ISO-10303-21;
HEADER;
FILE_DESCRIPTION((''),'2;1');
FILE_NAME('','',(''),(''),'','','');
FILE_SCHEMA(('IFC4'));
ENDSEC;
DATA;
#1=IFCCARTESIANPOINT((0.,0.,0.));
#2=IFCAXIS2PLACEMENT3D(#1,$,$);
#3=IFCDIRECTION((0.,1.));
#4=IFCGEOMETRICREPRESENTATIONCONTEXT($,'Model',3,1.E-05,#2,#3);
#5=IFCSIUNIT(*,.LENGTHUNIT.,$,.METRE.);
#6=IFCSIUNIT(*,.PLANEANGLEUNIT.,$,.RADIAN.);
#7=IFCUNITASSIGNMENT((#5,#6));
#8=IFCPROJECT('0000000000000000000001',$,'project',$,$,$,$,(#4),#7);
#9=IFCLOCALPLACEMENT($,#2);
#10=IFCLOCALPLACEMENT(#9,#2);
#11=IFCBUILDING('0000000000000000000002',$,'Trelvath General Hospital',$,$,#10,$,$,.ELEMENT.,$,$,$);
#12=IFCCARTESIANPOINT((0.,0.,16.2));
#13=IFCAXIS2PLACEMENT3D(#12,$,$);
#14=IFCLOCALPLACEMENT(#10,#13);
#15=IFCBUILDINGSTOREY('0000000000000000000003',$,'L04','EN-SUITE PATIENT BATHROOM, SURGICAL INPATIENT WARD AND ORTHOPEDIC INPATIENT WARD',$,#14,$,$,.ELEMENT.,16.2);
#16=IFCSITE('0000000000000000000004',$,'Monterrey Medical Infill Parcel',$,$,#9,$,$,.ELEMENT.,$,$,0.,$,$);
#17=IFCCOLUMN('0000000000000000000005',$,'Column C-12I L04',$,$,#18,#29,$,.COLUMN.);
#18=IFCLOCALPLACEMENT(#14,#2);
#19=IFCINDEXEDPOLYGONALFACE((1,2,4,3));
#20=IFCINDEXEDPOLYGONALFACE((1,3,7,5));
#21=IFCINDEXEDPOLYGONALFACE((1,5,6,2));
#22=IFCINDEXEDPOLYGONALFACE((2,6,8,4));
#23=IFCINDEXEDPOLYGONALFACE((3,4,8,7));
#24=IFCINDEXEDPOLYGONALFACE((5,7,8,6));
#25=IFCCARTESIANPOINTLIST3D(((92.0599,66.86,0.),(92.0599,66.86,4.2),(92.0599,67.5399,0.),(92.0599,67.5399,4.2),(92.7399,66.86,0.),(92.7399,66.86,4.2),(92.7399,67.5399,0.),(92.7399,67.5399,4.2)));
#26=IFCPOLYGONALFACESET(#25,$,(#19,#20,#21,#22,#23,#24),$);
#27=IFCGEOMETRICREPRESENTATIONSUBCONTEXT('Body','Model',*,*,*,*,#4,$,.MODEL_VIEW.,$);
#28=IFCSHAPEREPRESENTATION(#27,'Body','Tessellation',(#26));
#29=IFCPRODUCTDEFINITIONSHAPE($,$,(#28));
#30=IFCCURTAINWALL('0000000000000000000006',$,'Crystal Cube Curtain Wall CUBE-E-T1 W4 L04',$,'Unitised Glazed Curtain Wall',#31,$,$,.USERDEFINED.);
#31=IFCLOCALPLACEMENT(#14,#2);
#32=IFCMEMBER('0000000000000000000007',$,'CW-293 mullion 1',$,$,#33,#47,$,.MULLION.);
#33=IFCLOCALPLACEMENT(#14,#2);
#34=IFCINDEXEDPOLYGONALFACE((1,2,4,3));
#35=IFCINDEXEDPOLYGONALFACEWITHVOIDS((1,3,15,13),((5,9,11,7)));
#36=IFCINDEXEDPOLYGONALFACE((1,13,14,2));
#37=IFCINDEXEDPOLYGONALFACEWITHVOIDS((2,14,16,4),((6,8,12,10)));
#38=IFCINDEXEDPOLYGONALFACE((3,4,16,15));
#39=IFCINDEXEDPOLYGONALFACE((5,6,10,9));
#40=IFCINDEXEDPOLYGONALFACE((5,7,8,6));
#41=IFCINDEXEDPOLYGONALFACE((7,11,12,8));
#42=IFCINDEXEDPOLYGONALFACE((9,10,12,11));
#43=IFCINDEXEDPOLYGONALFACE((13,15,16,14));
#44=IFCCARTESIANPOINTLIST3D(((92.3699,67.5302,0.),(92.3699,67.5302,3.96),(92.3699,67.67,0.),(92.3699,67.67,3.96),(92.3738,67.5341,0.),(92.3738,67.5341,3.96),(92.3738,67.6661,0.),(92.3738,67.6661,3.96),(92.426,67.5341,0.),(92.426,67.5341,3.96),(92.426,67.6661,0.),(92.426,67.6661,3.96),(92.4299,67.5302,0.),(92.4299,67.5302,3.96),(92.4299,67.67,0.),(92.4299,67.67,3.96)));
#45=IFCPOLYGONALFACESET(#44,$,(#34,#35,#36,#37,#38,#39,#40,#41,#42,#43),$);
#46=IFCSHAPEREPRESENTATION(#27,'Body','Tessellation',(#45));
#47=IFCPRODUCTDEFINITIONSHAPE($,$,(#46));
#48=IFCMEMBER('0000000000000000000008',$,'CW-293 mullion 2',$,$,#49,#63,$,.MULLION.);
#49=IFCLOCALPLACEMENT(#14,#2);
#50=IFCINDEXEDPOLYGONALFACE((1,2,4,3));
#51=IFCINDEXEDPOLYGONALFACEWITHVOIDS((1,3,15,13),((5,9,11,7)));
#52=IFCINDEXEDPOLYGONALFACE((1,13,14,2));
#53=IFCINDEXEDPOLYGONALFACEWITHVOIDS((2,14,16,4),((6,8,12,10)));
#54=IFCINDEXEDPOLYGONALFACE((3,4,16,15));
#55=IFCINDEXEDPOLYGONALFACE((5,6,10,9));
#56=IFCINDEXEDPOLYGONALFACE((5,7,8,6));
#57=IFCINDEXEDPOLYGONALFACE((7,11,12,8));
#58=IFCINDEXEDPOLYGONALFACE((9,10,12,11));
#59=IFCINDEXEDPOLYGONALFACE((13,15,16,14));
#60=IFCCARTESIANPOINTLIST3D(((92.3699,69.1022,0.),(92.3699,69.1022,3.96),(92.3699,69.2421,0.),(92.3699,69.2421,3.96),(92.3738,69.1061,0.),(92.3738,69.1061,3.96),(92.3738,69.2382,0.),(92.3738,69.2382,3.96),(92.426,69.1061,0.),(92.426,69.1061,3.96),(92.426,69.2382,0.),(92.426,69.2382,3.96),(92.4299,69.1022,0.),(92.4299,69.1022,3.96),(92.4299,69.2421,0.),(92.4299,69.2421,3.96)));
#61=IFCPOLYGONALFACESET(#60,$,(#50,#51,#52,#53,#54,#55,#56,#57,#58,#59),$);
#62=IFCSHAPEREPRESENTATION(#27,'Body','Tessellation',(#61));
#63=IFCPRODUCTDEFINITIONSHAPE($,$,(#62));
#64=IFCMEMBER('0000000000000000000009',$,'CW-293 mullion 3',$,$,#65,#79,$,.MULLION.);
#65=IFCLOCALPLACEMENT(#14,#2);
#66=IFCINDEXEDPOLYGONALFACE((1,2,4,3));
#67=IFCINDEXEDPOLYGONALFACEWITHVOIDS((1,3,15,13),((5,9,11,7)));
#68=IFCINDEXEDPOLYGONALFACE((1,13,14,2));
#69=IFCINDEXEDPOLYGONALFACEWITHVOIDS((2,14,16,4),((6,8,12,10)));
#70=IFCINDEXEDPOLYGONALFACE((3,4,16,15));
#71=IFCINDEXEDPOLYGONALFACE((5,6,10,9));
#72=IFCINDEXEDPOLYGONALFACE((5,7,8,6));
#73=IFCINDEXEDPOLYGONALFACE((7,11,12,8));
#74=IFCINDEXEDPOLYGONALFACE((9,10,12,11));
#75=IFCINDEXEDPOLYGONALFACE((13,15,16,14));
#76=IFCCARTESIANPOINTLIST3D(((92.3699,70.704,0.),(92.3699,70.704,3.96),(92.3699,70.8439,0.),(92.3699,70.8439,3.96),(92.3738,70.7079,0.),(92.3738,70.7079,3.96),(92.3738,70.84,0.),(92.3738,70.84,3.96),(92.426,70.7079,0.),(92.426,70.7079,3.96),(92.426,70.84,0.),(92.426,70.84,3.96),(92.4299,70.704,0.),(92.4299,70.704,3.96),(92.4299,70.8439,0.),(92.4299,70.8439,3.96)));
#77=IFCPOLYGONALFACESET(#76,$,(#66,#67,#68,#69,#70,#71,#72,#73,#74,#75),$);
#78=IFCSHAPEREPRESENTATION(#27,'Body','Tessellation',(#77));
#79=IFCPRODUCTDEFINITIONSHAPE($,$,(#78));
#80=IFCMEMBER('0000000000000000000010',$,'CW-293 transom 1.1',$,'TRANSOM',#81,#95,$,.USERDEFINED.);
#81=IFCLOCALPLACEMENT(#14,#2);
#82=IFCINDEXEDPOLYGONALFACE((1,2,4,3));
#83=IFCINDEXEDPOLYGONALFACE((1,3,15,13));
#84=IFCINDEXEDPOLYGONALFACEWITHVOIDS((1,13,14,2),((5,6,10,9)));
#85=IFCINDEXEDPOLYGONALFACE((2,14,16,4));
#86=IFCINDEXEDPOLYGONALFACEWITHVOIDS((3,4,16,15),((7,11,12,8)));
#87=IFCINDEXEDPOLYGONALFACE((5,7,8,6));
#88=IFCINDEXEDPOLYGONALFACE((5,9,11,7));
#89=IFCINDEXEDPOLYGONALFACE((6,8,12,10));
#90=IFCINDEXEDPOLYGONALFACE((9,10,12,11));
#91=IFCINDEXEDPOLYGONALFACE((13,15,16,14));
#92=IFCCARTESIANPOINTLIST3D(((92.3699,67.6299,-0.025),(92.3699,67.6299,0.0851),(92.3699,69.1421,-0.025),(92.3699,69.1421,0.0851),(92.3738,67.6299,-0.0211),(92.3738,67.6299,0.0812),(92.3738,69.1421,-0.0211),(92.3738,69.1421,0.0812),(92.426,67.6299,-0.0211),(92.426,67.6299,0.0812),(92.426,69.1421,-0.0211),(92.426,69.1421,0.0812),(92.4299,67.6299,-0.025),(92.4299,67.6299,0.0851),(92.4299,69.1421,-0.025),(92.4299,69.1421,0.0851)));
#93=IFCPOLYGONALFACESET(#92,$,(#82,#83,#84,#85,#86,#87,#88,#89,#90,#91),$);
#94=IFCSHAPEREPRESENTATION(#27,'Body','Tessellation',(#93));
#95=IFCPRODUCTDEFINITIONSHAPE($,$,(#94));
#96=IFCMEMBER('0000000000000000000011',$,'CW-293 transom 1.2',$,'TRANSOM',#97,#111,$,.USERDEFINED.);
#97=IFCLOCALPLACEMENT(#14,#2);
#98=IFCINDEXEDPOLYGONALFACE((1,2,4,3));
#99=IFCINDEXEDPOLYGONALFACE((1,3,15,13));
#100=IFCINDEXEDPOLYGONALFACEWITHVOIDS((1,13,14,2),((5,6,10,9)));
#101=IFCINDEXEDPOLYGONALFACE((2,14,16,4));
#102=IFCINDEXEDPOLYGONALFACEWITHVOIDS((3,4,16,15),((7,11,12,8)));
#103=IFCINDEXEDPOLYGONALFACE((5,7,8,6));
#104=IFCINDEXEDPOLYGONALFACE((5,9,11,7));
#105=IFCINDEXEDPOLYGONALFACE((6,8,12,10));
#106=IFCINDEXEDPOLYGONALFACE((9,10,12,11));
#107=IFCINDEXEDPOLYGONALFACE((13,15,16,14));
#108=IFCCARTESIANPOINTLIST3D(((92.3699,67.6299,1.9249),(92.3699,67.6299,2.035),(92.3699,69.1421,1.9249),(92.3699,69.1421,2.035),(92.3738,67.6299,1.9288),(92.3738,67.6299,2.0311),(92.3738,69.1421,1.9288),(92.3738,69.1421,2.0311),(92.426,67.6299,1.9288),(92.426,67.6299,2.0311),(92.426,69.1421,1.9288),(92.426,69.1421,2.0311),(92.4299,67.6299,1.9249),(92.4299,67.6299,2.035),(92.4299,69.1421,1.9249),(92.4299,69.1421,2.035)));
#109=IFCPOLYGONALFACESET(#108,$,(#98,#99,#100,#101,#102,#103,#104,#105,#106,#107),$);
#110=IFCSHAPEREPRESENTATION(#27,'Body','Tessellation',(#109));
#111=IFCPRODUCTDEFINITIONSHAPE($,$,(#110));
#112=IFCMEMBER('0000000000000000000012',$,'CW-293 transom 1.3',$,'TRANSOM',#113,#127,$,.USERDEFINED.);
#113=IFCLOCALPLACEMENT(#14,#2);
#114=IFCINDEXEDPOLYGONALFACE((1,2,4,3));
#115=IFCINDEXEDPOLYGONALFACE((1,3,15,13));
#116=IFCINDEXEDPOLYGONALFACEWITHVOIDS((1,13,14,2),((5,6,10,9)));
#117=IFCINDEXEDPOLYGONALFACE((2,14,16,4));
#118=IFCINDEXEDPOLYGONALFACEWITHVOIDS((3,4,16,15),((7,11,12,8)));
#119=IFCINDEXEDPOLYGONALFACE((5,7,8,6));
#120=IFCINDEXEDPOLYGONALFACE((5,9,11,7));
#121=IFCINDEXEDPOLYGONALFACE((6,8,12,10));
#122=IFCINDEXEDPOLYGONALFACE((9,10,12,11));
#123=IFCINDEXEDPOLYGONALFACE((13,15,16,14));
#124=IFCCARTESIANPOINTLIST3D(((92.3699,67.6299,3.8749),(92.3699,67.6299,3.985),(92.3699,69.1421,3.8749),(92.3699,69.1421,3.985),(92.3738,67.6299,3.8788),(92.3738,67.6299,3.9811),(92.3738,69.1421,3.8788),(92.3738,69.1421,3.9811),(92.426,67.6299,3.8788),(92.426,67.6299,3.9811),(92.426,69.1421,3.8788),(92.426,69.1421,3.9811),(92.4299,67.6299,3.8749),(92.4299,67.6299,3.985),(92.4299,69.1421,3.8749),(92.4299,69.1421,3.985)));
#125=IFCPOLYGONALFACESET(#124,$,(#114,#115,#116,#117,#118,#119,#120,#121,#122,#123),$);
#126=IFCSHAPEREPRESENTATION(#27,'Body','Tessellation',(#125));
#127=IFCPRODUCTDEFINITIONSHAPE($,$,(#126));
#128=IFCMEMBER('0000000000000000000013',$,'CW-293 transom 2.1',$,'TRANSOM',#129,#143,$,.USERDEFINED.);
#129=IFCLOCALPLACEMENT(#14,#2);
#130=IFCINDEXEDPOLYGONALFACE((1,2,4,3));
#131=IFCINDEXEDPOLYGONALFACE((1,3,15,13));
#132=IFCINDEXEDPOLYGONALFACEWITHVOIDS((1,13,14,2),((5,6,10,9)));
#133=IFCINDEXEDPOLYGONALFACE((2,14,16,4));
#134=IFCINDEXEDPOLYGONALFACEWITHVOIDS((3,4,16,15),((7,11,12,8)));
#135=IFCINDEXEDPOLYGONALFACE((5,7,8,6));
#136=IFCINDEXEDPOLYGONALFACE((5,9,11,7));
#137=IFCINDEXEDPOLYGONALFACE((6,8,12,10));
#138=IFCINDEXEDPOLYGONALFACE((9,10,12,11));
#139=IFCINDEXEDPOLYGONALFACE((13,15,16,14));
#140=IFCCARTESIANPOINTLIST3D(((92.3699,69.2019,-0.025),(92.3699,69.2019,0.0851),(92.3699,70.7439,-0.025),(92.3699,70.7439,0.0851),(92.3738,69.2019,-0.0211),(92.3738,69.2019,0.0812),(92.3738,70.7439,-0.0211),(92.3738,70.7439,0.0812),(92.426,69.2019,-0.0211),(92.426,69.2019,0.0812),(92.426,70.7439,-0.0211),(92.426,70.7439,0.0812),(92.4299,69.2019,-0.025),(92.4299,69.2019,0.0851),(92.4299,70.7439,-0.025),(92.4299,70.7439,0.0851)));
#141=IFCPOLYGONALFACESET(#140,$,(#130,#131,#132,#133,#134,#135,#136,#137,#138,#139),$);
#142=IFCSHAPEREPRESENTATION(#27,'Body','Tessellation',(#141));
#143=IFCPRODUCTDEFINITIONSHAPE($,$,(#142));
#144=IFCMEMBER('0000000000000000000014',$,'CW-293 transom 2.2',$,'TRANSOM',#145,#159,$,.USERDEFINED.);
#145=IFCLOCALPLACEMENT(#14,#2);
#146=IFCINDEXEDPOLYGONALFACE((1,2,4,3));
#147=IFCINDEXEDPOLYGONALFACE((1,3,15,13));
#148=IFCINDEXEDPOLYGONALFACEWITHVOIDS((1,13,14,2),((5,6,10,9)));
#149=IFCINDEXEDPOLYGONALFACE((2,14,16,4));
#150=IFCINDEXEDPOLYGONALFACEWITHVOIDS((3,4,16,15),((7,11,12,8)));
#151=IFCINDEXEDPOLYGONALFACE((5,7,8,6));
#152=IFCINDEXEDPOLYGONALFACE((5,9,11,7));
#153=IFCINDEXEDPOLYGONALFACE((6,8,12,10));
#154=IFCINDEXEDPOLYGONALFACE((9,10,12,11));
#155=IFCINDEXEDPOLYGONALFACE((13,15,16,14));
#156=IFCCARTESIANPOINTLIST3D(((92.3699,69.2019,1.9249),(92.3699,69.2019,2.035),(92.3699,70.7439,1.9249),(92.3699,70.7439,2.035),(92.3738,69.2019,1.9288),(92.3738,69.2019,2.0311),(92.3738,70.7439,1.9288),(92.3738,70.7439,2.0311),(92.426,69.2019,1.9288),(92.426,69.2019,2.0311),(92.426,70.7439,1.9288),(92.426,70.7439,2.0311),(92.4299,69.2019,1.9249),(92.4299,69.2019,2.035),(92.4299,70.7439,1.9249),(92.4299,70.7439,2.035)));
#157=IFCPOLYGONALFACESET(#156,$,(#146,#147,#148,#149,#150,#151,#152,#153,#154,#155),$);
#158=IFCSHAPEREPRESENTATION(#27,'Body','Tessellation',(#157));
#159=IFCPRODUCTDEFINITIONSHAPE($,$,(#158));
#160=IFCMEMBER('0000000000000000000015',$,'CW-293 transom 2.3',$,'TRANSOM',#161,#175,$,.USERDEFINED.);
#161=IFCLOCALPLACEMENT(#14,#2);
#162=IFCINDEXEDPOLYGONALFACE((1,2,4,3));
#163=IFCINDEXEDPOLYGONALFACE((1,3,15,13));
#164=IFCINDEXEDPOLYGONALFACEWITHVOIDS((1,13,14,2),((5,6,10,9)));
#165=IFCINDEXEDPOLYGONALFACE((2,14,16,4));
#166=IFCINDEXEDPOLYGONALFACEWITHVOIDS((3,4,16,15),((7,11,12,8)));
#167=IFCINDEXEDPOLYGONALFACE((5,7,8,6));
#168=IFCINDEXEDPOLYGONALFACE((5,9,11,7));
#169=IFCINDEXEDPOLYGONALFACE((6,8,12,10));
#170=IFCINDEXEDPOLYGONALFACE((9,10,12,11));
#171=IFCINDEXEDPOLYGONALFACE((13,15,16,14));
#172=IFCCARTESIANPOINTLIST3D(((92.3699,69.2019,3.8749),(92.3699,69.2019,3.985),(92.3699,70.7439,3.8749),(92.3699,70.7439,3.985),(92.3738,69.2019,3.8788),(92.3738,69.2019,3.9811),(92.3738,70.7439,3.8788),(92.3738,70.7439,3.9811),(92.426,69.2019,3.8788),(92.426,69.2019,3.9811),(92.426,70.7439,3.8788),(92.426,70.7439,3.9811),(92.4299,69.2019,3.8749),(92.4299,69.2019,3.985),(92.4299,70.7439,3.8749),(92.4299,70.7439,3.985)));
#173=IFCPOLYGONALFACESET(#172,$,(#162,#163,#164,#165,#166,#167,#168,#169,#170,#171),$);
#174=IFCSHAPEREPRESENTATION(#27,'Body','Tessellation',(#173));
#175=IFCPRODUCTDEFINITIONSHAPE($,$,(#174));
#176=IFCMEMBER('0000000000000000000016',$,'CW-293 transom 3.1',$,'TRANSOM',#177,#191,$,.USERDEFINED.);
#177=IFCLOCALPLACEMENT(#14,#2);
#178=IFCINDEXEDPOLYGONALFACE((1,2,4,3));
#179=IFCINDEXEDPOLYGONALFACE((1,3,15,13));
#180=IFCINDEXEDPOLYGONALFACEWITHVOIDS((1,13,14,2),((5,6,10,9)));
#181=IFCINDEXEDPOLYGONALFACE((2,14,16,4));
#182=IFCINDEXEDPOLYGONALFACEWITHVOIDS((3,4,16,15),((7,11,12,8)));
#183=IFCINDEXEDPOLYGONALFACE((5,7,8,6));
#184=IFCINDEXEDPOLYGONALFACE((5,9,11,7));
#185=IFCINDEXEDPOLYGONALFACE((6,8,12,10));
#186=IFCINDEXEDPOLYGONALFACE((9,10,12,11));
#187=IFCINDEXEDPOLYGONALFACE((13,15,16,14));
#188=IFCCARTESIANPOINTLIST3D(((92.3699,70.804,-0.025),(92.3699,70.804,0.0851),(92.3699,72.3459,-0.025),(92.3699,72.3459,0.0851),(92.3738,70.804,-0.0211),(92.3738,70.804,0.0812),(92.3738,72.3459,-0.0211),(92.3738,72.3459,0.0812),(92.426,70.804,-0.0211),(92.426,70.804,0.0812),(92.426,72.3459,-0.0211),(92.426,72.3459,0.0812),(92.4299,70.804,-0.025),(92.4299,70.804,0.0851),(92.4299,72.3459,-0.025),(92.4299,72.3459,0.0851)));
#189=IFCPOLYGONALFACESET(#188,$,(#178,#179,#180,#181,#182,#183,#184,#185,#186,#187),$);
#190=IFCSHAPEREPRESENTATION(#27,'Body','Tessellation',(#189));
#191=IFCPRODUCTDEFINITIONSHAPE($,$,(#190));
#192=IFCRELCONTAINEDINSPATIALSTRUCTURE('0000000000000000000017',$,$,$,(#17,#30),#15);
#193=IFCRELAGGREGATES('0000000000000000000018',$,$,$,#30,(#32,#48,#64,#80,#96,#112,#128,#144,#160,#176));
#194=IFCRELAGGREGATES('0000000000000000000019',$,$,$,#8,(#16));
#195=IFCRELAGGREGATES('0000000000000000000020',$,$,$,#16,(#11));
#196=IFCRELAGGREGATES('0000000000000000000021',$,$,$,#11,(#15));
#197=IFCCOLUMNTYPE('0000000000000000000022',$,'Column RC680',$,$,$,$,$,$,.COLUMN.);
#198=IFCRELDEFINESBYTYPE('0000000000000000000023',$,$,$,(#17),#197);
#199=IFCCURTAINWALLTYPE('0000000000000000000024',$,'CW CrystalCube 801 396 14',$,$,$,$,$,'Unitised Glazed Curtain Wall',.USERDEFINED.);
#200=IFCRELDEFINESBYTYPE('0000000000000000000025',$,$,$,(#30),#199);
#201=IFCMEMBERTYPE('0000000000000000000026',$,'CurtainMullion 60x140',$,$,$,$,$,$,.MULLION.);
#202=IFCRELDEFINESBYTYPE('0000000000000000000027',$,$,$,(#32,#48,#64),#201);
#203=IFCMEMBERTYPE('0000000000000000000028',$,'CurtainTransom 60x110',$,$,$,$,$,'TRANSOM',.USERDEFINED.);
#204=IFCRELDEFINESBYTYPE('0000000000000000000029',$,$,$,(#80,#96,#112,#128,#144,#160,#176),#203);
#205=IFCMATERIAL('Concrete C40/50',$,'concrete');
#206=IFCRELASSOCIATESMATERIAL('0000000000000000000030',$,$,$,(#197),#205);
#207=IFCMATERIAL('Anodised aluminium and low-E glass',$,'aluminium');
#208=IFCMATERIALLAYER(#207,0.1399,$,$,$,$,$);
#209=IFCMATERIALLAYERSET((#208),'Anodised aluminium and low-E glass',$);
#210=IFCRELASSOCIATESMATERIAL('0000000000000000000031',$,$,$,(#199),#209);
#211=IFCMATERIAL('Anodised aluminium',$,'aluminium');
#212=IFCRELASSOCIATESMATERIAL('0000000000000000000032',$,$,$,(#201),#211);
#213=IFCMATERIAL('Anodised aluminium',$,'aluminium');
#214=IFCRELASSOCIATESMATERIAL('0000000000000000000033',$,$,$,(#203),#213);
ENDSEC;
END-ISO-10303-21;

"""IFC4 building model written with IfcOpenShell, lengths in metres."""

from ifc_helpers import new_model, si_unit, direction, frame, origin, origin_2d, place, context, subcontext, project, spatial, rectangle, hollow_rectangle, extrude, material, layer, layer_set, material_profile, profile_set, type_object, element, aggregate, save


model = new_model("IFC4")

# Units and contexts
model_context = context("Model", 3, precision=1e-05, world=origin(), true_north=direction((0.0, 1.0)))
body_context = subcontext(model_context, "Body", "Model", "MODEL_VIEW")
ifc_project = project(units=[si_unit("LENGTHUNIT", "METRE"), si_unit("PLANEANGLEUNIT", "RADIAN")], contexts=[model_context])

# Site, building, storey
site_placement = place(None, origin())
site = spatial("IfcSite", under=ifc_project, at=site_placement, Name="Monterrey Medical Infill Parcel", CompositionType="ELEMENT", RefElevation=0.0)
building_placement = place(site_placement, origin())
building = spatial("IfcBuilding", under=site, at=building_placement, Name="Trelvath General Hospital", CompositionType="ELEMENT")
storey_placement = place(building_placement, frame((0.0, 0.0, 16.2)))
storey = spatial("IfcBuildingStorey", under=building, at=storey_placement, Name="L04", Description="EN-SUITE PATIENT BATHROOM, SURGICAL INPATIENT WARD AND ORTHOPEDIC INPATIENT WARD", CompositionType="ELEMENT", Elevation=16.2)

# Column
ifc_material_1 = material(Name="Concrete C40/50", Category="concrete")
ifc_material_profile_1 = material_profile(ifc_material_1, rectangle(XDim=0.6799, YDim=0.6799, at=origin_2d()), Name="RC680x680")
ifc_profile_set_1 = profile_set([ifc_material_profile_1], Name="Concrete C40/50")
column_type = type_object("IfcColumnType", Name="Column RC680", PredefinedType="COLUMN", material=ifc_profile_set_1)
column_placement = place(storey_placement, frame((92.3999, 67.2, 0.0), z_axis=(0.0, 0.0, 1.0), x_axis=(1.0, 0.0, 0.0)))
element("IfcColumn", 1, at=column_placement, inside=storey, type_object=column_type, Name="Column C-12I L04", PredefinedType="COLUMN", context=body_context, shape_type="SweptSolid", body=[
    extrude(rectangle(XDim=0.6799, YDim=0.6799, at=origin_2d()), origin(), (0.0, 0.0, 1.0), 4.2),
])

# Curtain wall, members
ifc_material_2 = material(Name="Anodised aluminium and low-E glass", Category="aluminium")
ifc_layer_1 = layer(ifc_material_2, 0.1399)
ifc_layer_set_1 = layer_set([ifc_layer_1], Name="Anodised aluminium and low-E glass")
curtain_wall_type = type_object("IfcCurtainWallType", Name="CW CrystalCube 801 396 14", ElementType="Unitised Glazed Curtain Wall", PredefinedType="USERDEFINED", material=ifc_layer_set_1)
curtain_wall_placement = place(storey_placement, origin())
curtain_wall = element("IfcCurtainWall", 2, at=curtain_wall_placement, inside=storey, type_object=curtain_wall_type, Name="Crystal Cube Curtain Wall CUBE-E-T1 W4 L04", ObjectType="Unitised Glazed Curtain Wall", PredefinedType="USERDEFINED")
ifc_material_3 = material(Name="Anodised aluminium", Category="aluminium")
ifc_material_profile_2 = material_profile(ifc_material_3, hollow_rectangle(XDim=0.0601, YDim=0.1399, WallThickness=0.0039, at=origin_2d()), Name="RHS60x140x4")
ifc_profile_set_2 = profile_set([ifc_material_profile_2], Name="Anodised aluminium")
member_type_1 = type_object("IfcMemberType", Name="CurtainMullion 60x140", PredefinedType="MULLION", material=ifc_profile_set_2)
member_1_placement = place(storey_placement, frame((92.3999, 67.6001, 0.0), z_axis=(0.0, 0.0, 1.0), x_axis=(-1.0, 0.0, 0.0)))
member_1 = element("IfcMember", 3, at=member_1_placement, type_object=member_type_1, Name="CW-293 mullion 1", PredefinedType="MULLION", context=body_context, shape_type="SweptSolid", body=[
    extrude(hollow_rectangle(XDim=0.0601, YDim=0.1399, WallThickness=0.0039, at=origin_2d()), origin(), (0.0, 0.0, 1.0), 3.96),
])
member_2_placement = place(storey_placement, frame((92.3999, 69.1721, 0.0), z_axis=(0.0, 0.0, 1.0), x_axis=(-1.0, 0.0, 0.0)))
member_2 = element("IfcMember", 4, at=member_2_placement, type_object=member_type_1, Name="CW-293 mullion 2", PredefinedType="MULLION", context=body_context, shape_type="SweptSolid", body=[
    extrude(hollow_rectangle(XDim=0.0601, YDim=0.1399, WallThickness=0.0039, at=origin_2d()), origin(), (0.0, 0.0, 1.0), 3.96),
])
member_3_placement = place(storey_placement, frame((92.3999, 70.7739, 0.0), z_axis=(0.0, 0.0, 1.0), x_axis=(-1.0, 0.0, 0.0)))
member_3 = element("IfcMember", 5, at=member_3_placement, type_object=member_type_1, Name="CW-293 mullion 3", PredefinedType="MULLION", context=body_context, shape_type="SweptSolid", body=[
    extrude(hollow_rectangle(XDim=0.0601, YDim=0.1399, WallThickness=0.0039, at=origin_2d()), origin(), (0.0, 0.0, 1.0), 3.96),
])
ifc_material_4 = material(Name="Anodised aluminium", Category="aluminium")
ifc_material_profile_3 = material_profile(ifc_material_4, hollow_rectangle(XDim=0.0601, YDim=0.1101, WallThickness=0.0039, at=origin_2d()), Name="RHS60x110x4")
ifc_profile_set_3 = profile_set([ifc_material_profile_3], Name="Anodised aluminium")
member_type_2 = type_object("IfcMemberType", Name="CurtainTransom 60x110", ElementType="TRANSOM", PredefinedType="USERDEFINED", material=ifc_profile_set_3)
member_4_placement = place(storey_placement, frame((92.3999, 67.6299, 0.03), z_axis=(0.0, 1.0, 0.0), x_axis=(-1.0, 0.0, 0.0)))
member_4 = element("IfcMember", 6, at=member_4_placement, type_object=member_type_2, Name="CW-293 transom 1.1", ObjectType="TRANSOM", PredefinedType="USERDEFINED", context=body_context, shape_type="SweptSolid", body=[
    extrude(hollow_rectangle(XDim=0.0601, YDim=0.1101, WallThickness=0.0039, at=origin_2d()), origin(), (0.0, 0.0, 1.0), 1.5122),
])
member_5_placement = place(storey_placement, frame((92.3999, 67.6299, 1.98), z_axis=(0.0, 1.0, 0.0), x_axis=(-1.0, 0.0, 0.0)))
member_5 = element("IfcMember", 7, at=member_5_placement, type_object=member_type_2, Name="CW-293 transom 1.2", ObjectType="TRANSOM", PredefinedType="USERDEFINED", context=body_context, shape_type="SweptSolid", body=[
    extrude(hollow_rectangle(XDim=0.0601, YDim=0.1101, WallThickness=0.0039, at=origin_2d()), origin(), (0.0, 0.0, 1.0), 1.5122),
])
member_6_placement = place(storey_placement, frame((92.3999, 67.6299, 3.9299), z_axis=(0.0, 1.0, 0.0), x_axis=(-1.0, 0.0, 0.0)))
member_6 = element("IfcMember", 8, at=member_6_placement, type_object=member_type_2, Name="CW-293 transom 1.3", ObjectType="TRANSOM", PredefinedType="USERDEFINED", context=body_context, shape_type="SweptSolid", body=[
    extrude(hollow_rectangle(XDim=0.0601, YDim=0.1101, WallThickness=0.0039, at=origin_2d()), origin(), (0.0, 0.0, 1.0), 1.5122),
])
member_7_placement = place(storey_placement, frame((92.3999, 69.2019, 0.03), z_axis=(0.0, 1.0, 0.0), x_axis=(-1.0, 0.0, 0.0)))
member_7 = element("IfcMember", 9, at=member_7_placement, type_object=member_type_2, Name="CW-293 transom 2.1", ObjectType="TRANSOM", PredefinedType="USERDEFINED", context=body_context, shape_type="SweptSolid", body=[
    extrude(hollow_rectangle(XDim=0.0601, YDim=0.1101, WallThickness=0.0039, at=origin_2d()), origin(), (0.0, 0.0, 1.0), 1.542),
])
member_8_placement = place(storey_placement, frame((92.3999, 69.2019, 1.98), z_axis=(0.0, 1.0, 0.0), x_axis=(-1.0, 0.0, 0.0)))
member_8 = element("IfcMember", 10, at=member_8_placement, type_object=member_type_2, Name="CW-293 transom 2.2", ObjectType="TRANSOM", PredefinedType="USERDEFINED", context=body_context, shape_type="SweptSolid", body=[
    extrude(hollow_rectangle(XDim=0.0601, YDim=0.1101, WallThickness=0.0039, at=origin_2d()), origin(), (0.0, 0.0, 1.0), 1.542),
])
member_9_placement = place(storey_placement, frame((92.3999, 69.2019, 3.9299), z_axis=(0.0, 1.0, 0.0), x_axis=(-1.0, 0.0, 0.0)))
member_9 = element("IfcMember", 11, at=member_9_placement, type_object=member_type_2, Name="CW-293 transom 2.3", ObjectType="TRANSOM", PredefinedType="USERDEFINED", context=body_context, shape_type="SweptSolid", body=[
    extrude(hollow_rectangle(XDim=0.0601, YDim=0.1101, WallThickness=0.0039, at=origin_2d()), origin(), (0.0, 0.0, 1.0), 1.542),
])
member_10_placement = place(storey_placement, frame((92.3999, 70.804, 0.03), z_axis=(0.0, 1.0, 0.0), x_axis=(-1.0, 0.0, 0.0)))
member_10 = element("IfcMember", 12, at=member_10_placement, type_object=member_type_2, Name="CW-293 transom 3.1", ObjectType="TRANSOM", PredefinedType="USERDEFINED", context=body_context, shape_type="SweptSolid", body=[
    extrude(hollow_rectangle(XDim=0.0601, YDim=0.1101, WallThickness=0.0039, at=origin_2d()), origin(), (0.0, 0.0, 1.0), 1.542),
])
aggregate(curtain_wall, [member_1, member_2, member_3, member_4, member_5, member_6, member_7, member_8, member_9, member_10])

save(model, "model.ifc")
